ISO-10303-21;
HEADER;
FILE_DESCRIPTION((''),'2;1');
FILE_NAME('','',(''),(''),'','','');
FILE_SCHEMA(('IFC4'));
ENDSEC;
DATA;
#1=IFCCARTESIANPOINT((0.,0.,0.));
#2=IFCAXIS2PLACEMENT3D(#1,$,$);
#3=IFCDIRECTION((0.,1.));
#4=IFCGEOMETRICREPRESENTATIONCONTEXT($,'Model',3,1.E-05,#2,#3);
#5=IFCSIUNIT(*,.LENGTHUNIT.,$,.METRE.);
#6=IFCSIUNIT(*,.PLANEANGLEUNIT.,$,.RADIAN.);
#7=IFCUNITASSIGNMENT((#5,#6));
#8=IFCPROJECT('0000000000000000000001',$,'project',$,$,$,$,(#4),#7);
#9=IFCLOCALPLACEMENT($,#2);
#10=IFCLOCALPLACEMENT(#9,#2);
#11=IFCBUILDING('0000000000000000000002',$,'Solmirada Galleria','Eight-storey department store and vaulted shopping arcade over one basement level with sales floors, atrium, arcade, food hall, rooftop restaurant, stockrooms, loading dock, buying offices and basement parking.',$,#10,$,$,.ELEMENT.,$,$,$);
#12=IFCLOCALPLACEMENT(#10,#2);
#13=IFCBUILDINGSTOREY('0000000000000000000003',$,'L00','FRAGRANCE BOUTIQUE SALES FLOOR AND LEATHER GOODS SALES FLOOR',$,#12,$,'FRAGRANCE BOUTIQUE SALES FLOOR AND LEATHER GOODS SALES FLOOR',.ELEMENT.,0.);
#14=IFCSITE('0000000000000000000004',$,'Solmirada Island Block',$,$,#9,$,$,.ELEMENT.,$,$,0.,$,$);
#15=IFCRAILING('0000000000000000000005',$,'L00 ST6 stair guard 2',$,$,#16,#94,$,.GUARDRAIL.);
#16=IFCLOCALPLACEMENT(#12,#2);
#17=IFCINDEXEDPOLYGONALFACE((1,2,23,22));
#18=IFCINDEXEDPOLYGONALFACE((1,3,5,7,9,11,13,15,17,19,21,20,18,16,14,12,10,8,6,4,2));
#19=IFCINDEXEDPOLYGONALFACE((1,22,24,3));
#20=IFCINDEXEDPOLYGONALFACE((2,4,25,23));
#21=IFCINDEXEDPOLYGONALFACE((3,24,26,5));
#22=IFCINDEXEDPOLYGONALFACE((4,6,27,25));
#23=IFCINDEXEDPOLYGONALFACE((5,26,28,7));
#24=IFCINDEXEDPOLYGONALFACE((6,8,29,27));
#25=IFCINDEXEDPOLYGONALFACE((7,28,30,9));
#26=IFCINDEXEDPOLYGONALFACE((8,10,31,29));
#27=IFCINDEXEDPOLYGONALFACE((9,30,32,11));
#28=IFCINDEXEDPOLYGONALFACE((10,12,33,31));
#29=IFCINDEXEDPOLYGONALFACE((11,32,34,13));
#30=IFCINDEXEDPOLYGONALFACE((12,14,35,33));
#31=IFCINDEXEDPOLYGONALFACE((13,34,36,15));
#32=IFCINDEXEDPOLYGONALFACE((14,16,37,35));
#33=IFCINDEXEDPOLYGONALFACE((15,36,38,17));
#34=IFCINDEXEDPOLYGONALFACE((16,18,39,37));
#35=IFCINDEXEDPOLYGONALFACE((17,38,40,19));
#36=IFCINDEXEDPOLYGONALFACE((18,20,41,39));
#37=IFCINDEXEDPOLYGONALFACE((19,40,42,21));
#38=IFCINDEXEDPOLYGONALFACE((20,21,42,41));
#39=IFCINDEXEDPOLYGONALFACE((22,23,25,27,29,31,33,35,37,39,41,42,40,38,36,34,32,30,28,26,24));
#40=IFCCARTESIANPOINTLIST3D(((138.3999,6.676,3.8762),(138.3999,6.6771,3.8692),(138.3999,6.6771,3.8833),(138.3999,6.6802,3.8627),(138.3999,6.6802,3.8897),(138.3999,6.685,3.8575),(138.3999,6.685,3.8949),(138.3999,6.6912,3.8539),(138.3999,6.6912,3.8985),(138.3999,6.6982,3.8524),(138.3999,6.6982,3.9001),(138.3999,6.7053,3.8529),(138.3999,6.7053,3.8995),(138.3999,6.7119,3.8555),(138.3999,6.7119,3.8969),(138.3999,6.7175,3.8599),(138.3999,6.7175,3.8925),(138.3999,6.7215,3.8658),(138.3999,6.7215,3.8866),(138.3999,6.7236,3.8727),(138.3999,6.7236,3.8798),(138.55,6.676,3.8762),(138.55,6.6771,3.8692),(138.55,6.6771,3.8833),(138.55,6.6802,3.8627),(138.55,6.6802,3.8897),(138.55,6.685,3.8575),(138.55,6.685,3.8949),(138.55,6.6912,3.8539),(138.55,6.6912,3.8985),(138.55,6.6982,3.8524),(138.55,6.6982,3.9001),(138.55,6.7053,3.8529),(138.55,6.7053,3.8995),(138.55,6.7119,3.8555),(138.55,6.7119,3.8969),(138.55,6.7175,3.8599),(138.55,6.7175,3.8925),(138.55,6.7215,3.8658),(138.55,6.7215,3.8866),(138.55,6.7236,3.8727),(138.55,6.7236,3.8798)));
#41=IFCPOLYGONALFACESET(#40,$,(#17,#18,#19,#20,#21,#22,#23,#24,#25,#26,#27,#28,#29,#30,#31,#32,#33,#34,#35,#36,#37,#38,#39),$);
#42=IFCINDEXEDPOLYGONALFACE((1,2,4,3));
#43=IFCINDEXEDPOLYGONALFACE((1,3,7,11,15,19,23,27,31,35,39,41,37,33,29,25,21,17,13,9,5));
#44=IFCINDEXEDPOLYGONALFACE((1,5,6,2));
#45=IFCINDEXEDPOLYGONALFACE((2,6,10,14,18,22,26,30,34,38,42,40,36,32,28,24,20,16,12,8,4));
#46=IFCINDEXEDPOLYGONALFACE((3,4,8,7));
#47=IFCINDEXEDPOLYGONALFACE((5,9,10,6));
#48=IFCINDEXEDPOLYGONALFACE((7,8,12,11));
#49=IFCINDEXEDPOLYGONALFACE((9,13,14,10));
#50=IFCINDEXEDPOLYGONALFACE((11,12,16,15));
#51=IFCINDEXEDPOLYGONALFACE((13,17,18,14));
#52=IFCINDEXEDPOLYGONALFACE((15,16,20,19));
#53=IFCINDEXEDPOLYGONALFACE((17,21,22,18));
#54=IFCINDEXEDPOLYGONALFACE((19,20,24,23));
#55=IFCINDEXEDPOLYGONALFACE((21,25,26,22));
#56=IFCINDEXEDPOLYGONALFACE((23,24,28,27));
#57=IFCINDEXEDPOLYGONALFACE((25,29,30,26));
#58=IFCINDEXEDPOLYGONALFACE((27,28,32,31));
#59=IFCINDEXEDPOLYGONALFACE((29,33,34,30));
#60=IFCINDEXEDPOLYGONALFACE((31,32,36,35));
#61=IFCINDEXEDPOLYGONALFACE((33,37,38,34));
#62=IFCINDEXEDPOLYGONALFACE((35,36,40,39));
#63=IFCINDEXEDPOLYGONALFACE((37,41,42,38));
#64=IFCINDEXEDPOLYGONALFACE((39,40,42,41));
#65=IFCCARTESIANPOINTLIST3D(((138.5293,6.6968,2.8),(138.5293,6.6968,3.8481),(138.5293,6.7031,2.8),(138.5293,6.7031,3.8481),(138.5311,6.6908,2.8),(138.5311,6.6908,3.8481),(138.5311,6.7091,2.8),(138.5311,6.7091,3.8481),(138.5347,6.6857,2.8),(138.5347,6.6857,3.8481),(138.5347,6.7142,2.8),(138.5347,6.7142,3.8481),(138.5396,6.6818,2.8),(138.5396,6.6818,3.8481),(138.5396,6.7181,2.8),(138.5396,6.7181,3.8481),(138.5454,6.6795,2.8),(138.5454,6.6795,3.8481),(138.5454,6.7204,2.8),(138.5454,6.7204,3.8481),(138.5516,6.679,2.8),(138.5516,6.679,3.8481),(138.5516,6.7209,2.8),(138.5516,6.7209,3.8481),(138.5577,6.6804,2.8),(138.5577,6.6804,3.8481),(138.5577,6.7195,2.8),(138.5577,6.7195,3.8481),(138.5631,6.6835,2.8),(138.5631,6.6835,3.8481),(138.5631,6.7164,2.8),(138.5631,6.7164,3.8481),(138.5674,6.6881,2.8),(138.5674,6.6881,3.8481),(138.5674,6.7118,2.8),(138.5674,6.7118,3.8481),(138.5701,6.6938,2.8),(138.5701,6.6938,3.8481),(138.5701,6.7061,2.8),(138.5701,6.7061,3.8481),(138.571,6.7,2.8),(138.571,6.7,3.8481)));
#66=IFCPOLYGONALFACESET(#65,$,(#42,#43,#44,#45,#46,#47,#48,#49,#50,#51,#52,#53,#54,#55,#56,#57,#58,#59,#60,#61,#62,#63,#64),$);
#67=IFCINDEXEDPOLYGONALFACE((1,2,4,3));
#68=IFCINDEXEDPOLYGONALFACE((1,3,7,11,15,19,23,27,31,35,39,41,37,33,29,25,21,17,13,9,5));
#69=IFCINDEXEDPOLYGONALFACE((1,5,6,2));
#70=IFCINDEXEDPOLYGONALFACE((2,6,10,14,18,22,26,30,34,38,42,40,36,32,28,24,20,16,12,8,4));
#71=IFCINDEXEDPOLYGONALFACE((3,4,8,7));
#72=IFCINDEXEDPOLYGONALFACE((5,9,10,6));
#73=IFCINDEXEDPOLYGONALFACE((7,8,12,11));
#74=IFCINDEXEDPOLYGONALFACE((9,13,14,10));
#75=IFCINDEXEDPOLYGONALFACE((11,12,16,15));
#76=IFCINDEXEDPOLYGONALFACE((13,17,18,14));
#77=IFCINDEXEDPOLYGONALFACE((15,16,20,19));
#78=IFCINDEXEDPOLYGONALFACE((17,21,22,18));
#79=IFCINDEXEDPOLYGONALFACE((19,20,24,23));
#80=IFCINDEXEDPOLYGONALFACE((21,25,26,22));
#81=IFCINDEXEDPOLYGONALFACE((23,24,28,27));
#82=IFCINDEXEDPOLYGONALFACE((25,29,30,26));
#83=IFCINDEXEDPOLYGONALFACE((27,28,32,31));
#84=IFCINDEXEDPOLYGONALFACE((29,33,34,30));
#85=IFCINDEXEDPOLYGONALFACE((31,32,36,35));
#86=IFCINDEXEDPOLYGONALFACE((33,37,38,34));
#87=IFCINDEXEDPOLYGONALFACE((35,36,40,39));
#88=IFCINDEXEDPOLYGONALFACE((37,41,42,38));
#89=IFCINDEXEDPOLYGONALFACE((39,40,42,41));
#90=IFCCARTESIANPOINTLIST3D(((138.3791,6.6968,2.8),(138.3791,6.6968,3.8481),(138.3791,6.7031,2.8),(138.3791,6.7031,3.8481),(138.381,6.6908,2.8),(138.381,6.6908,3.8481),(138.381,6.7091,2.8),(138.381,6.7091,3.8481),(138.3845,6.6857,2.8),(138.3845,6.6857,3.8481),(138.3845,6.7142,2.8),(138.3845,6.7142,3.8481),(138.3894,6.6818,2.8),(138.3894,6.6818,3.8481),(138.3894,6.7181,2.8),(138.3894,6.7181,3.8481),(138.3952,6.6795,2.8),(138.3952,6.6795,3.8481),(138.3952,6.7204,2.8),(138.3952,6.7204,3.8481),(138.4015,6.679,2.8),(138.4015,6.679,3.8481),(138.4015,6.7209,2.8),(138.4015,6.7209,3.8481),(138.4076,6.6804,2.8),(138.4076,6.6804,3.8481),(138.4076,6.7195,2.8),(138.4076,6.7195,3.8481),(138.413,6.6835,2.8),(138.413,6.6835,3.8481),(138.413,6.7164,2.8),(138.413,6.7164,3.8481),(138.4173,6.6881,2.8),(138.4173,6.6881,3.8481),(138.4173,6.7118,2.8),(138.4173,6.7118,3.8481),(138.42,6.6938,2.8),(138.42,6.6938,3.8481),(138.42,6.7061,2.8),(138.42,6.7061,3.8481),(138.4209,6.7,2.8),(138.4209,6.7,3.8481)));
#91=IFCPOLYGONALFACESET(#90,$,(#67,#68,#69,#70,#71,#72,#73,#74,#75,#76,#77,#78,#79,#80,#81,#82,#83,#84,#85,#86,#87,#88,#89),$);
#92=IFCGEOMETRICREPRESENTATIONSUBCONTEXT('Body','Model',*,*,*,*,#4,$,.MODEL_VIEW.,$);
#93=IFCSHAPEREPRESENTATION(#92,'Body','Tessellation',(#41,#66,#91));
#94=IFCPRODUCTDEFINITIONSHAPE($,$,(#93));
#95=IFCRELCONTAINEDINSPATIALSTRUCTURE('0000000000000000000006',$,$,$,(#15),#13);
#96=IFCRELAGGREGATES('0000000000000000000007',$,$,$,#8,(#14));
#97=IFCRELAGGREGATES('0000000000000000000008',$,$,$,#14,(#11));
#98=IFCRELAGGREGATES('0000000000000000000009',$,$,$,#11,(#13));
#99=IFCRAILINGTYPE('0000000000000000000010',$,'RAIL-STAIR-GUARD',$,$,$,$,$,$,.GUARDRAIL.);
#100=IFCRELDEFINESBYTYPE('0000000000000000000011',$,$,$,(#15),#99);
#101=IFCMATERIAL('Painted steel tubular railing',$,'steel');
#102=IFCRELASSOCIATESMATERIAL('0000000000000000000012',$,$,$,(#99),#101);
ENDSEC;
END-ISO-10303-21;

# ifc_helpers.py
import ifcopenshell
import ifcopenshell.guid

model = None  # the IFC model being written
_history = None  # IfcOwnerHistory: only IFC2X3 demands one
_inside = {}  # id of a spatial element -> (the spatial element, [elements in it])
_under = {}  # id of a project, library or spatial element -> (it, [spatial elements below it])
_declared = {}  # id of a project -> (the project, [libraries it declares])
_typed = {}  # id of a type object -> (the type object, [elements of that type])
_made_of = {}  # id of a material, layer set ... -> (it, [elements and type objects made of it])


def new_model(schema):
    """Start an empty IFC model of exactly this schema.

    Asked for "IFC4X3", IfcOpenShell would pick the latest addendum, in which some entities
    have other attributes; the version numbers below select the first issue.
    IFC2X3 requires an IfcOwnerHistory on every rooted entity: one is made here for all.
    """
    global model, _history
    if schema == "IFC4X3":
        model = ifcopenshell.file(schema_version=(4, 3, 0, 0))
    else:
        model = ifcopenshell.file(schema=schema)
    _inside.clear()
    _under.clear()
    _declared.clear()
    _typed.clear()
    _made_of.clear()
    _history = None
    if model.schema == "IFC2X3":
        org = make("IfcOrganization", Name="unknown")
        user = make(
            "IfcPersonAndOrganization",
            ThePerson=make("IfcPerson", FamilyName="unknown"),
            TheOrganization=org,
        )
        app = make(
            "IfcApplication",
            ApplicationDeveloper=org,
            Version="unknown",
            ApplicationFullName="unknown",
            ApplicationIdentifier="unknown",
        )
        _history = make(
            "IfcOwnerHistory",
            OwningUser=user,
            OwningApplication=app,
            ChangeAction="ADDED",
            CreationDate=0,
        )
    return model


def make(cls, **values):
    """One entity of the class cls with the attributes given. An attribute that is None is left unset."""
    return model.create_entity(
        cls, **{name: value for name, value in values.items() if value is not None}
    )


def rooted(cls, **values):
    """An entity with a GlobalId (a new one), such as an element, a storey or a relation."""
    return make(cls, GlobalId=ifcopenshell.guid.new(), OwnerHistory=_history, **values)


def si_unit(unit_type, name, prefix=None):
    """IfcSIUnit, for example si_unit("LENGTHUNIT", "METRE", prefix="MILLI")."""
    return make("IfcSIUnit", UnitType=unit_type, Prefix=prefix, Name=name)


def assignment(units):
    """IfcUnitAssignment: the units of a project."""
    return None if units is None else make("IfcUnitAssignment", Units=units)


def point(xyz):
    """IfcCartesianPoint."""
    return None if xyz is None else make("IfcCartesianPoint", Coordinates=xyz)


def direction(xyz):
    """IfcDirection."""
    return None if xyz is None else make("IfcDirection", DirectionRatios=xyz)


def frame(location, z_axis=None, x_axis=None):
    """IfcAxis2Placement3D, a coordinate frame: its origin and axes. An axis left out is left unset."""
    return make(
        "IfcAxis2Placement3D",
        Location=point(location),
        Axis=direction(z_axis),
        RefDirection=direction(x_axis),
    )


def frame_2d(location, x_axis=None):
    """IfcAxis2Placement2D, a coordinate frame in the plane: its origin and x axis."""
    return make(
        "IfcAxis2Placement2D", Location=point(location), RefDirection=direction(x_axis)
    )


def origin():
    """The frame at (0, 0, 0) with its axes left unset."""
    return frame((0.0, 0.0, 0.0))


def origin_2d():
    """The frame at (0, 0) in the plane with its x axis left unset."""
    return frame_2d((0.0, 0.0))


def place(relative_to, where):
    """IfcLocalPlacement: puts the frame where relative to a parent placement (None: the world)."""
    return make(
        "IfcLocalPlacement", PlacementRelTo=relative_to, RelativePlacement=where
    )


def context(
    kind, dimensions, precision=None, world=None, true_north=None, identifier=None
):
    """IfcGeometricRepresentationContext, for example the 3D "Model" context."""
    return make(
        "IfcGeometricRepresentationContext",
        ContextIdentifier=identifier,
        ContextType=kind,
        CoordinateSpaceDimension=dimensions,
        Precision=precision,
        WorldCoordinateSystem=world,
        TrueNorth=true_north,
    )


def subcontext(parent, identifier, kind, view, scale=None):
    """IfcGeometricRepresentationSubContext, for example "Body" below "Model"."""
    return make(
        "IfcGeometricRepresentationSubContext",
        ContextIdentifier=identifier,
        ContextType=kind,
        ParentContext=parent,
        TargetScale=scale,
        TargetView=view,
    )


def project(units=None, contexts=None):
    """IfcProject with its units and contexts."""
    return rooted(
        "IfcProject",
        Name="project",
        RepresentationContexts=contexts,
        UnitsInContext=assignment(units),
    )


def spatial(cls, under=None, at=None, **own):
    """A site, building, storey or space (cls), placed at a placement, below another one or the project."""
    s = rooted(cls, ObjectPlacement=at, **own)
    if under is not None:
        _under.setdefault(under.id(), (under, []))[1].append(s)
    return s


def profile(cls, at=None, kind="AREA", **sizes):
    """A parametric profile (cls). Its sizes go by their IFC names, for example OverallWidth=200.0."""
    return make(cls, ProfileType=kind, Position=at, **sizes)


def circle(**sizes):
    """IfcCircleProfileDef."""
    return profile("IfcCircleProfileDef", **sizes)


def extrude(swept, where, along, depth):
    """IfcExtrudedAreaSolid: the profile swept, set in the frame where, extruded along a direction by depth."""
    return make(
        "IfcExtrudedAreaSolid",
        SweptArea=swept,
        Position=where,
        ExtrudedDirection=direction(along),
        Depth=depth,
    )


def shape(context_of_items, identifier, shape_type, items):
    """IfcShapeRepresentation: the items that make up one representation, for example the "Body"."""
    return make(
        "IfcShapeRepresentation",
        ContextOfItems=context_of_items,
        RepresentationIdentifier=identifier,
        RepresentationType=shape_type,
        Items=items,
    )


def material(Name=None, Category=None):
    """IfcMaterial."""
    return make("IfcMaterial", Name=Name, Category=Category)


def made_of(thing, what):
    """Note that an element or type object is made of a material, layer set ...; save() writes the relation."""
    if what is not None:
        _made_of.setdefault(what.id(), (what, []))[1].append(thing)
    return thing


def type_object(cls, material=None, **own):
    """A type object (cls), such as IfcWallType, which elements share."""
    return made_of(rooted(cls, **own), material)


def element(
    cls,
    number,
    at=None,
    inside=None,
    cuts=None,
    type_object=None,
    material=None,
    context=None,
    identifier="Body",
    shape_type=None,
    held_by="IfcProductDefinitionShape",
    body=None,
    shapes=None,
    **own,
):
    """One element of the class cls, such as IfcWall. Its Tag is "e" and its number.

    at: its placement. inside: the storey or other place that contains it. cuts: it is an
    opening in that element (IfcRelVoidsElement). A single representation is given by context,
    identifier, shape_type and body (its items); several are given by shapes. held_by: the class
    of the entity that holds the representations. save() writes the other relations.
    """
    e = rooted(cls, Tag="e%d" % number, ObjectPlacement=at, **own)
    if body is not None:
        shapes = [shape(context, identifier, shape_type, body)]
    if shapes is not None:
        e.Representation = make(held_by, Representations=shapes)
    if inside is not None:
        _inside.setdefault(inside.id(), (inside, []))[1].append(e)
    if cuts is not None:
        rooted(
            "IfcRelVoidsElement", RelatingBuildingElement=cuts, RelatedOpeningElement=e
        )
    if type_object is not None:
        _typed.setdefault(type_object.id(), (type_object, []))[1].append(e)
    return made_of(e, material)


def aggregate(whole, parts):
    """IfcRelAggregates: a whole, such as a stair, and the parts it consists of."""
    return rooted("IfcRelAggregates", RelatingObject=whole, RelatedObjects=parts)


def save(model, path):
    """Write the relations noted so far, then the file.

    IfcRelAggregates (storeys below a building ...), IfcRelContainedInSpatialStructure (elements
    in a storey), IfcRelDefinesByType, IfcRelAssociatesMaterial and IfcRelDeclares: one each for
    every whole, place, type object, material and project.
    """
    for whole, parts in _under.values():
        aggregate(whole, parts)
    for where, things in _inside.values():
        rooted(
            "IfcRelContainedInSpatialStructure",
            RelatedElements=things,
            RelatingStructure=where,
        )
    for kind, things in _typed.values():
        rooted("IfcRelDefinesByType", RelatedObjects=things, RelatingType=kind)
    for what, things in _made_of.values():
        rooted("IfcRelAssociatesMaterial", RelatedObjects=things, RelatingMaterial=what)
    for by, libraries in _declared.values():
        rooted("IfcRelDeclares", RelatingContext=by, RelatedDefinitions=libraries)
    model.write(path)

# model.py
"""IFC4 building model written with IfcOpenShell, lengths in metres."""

from ifc_helpers import new_model, si_unit, direction, frame, origin, origin_2d, place, context, subcontext, project, spatial, circle, extrude, material, type_object, element, save


model = new_model("IFC4")

# Units and contexts
model_context = context("Model", 3, precision=1e-05, world=origin(), true_north=direction((0.0, 1.0)))
body_context = subcontext(model_context, "Body", "Model", "MODEL_VIEW")
ifc_project = project(units=[si_unit("LENGTHUNIT", "METRE"), si_unit("PLANEANGLEUNIT", "RADIAN")], contexts=[model_context])

# Site, building, storey
site_placement = place(None, origin())
site = spatial("IfcSite", under=ifc_project, at=site_placement, Name="Solmirada Island Block", CompositionType="ELEMENT", RefElevation=0.0)
building_placement = place(site_placement, origin())
building = spatial("IfcBuilding", under=site, at=building_placement, Name="Solmirada Galleria", Description="Eight-storey department store and vaulted shopping arcade over one basement level with sales floors, atrium, arcade, food hall, rooftop restaurant, stockrooms, loading dock, buying offices and basement parking.", CompositionType="ELEMENT")
storey_placement = place(building_placement, origin())
storey = spatial("IfcBuildingStorey", under=building, at=storey_placement, Name="L00", Description="FRAGRANCE BOUTIQUE SALES FLOOR AND LEATHER GOODS SALES FLOOR", LongName="FRAGRANCE BOUTIQUE SALES FLOOR AND LEATHER GOODS SALES FLOOR", CompositionType="ELEMENT", Elevation=0.0)

# Railing
ifc_material_1 = material(Name="Painted steel tubular railing", Category="steel")
railing_type_1 = type_object("IfcRailingType", Name="RAIL-STAIR-GUARD", PredefinedType="GUARDRAIL", material=ifc_material_1)
railing_1_placement = place(storey_placement, frame((138.55, 6.7, 2.8)))
element("IfcRailing", 1, at=railing_1_placement, inside=storey, type_object=railing_type_1, Name="L00 ST6 stair guard 2", PredefinedType="GUARDRAIL", context=body_context, shape_type="SweptSolid", body=[
    extrude(circle(Radius=0.0239, at=origin_2d()), frame((0.0, 0.0, 1.0762), z_axis=(-1.0, 0.0, 0.0), x_axis=(0.0, -1.0, 0.0)), (0.0, 0.0, 1.0), 0.1501),
    extrude(circle(Radius=0.021, at=origin_2d()), origin(), (0.0, 0.0, 1.0), 1.0481),
    extrude(circle(Radius=0.021, at=origin_2d()), frame((-0.1501, 0.0, 0.0)), (0.0, 0.0, 1.0), 1.0481),
])

save(model, "model.ifc")
